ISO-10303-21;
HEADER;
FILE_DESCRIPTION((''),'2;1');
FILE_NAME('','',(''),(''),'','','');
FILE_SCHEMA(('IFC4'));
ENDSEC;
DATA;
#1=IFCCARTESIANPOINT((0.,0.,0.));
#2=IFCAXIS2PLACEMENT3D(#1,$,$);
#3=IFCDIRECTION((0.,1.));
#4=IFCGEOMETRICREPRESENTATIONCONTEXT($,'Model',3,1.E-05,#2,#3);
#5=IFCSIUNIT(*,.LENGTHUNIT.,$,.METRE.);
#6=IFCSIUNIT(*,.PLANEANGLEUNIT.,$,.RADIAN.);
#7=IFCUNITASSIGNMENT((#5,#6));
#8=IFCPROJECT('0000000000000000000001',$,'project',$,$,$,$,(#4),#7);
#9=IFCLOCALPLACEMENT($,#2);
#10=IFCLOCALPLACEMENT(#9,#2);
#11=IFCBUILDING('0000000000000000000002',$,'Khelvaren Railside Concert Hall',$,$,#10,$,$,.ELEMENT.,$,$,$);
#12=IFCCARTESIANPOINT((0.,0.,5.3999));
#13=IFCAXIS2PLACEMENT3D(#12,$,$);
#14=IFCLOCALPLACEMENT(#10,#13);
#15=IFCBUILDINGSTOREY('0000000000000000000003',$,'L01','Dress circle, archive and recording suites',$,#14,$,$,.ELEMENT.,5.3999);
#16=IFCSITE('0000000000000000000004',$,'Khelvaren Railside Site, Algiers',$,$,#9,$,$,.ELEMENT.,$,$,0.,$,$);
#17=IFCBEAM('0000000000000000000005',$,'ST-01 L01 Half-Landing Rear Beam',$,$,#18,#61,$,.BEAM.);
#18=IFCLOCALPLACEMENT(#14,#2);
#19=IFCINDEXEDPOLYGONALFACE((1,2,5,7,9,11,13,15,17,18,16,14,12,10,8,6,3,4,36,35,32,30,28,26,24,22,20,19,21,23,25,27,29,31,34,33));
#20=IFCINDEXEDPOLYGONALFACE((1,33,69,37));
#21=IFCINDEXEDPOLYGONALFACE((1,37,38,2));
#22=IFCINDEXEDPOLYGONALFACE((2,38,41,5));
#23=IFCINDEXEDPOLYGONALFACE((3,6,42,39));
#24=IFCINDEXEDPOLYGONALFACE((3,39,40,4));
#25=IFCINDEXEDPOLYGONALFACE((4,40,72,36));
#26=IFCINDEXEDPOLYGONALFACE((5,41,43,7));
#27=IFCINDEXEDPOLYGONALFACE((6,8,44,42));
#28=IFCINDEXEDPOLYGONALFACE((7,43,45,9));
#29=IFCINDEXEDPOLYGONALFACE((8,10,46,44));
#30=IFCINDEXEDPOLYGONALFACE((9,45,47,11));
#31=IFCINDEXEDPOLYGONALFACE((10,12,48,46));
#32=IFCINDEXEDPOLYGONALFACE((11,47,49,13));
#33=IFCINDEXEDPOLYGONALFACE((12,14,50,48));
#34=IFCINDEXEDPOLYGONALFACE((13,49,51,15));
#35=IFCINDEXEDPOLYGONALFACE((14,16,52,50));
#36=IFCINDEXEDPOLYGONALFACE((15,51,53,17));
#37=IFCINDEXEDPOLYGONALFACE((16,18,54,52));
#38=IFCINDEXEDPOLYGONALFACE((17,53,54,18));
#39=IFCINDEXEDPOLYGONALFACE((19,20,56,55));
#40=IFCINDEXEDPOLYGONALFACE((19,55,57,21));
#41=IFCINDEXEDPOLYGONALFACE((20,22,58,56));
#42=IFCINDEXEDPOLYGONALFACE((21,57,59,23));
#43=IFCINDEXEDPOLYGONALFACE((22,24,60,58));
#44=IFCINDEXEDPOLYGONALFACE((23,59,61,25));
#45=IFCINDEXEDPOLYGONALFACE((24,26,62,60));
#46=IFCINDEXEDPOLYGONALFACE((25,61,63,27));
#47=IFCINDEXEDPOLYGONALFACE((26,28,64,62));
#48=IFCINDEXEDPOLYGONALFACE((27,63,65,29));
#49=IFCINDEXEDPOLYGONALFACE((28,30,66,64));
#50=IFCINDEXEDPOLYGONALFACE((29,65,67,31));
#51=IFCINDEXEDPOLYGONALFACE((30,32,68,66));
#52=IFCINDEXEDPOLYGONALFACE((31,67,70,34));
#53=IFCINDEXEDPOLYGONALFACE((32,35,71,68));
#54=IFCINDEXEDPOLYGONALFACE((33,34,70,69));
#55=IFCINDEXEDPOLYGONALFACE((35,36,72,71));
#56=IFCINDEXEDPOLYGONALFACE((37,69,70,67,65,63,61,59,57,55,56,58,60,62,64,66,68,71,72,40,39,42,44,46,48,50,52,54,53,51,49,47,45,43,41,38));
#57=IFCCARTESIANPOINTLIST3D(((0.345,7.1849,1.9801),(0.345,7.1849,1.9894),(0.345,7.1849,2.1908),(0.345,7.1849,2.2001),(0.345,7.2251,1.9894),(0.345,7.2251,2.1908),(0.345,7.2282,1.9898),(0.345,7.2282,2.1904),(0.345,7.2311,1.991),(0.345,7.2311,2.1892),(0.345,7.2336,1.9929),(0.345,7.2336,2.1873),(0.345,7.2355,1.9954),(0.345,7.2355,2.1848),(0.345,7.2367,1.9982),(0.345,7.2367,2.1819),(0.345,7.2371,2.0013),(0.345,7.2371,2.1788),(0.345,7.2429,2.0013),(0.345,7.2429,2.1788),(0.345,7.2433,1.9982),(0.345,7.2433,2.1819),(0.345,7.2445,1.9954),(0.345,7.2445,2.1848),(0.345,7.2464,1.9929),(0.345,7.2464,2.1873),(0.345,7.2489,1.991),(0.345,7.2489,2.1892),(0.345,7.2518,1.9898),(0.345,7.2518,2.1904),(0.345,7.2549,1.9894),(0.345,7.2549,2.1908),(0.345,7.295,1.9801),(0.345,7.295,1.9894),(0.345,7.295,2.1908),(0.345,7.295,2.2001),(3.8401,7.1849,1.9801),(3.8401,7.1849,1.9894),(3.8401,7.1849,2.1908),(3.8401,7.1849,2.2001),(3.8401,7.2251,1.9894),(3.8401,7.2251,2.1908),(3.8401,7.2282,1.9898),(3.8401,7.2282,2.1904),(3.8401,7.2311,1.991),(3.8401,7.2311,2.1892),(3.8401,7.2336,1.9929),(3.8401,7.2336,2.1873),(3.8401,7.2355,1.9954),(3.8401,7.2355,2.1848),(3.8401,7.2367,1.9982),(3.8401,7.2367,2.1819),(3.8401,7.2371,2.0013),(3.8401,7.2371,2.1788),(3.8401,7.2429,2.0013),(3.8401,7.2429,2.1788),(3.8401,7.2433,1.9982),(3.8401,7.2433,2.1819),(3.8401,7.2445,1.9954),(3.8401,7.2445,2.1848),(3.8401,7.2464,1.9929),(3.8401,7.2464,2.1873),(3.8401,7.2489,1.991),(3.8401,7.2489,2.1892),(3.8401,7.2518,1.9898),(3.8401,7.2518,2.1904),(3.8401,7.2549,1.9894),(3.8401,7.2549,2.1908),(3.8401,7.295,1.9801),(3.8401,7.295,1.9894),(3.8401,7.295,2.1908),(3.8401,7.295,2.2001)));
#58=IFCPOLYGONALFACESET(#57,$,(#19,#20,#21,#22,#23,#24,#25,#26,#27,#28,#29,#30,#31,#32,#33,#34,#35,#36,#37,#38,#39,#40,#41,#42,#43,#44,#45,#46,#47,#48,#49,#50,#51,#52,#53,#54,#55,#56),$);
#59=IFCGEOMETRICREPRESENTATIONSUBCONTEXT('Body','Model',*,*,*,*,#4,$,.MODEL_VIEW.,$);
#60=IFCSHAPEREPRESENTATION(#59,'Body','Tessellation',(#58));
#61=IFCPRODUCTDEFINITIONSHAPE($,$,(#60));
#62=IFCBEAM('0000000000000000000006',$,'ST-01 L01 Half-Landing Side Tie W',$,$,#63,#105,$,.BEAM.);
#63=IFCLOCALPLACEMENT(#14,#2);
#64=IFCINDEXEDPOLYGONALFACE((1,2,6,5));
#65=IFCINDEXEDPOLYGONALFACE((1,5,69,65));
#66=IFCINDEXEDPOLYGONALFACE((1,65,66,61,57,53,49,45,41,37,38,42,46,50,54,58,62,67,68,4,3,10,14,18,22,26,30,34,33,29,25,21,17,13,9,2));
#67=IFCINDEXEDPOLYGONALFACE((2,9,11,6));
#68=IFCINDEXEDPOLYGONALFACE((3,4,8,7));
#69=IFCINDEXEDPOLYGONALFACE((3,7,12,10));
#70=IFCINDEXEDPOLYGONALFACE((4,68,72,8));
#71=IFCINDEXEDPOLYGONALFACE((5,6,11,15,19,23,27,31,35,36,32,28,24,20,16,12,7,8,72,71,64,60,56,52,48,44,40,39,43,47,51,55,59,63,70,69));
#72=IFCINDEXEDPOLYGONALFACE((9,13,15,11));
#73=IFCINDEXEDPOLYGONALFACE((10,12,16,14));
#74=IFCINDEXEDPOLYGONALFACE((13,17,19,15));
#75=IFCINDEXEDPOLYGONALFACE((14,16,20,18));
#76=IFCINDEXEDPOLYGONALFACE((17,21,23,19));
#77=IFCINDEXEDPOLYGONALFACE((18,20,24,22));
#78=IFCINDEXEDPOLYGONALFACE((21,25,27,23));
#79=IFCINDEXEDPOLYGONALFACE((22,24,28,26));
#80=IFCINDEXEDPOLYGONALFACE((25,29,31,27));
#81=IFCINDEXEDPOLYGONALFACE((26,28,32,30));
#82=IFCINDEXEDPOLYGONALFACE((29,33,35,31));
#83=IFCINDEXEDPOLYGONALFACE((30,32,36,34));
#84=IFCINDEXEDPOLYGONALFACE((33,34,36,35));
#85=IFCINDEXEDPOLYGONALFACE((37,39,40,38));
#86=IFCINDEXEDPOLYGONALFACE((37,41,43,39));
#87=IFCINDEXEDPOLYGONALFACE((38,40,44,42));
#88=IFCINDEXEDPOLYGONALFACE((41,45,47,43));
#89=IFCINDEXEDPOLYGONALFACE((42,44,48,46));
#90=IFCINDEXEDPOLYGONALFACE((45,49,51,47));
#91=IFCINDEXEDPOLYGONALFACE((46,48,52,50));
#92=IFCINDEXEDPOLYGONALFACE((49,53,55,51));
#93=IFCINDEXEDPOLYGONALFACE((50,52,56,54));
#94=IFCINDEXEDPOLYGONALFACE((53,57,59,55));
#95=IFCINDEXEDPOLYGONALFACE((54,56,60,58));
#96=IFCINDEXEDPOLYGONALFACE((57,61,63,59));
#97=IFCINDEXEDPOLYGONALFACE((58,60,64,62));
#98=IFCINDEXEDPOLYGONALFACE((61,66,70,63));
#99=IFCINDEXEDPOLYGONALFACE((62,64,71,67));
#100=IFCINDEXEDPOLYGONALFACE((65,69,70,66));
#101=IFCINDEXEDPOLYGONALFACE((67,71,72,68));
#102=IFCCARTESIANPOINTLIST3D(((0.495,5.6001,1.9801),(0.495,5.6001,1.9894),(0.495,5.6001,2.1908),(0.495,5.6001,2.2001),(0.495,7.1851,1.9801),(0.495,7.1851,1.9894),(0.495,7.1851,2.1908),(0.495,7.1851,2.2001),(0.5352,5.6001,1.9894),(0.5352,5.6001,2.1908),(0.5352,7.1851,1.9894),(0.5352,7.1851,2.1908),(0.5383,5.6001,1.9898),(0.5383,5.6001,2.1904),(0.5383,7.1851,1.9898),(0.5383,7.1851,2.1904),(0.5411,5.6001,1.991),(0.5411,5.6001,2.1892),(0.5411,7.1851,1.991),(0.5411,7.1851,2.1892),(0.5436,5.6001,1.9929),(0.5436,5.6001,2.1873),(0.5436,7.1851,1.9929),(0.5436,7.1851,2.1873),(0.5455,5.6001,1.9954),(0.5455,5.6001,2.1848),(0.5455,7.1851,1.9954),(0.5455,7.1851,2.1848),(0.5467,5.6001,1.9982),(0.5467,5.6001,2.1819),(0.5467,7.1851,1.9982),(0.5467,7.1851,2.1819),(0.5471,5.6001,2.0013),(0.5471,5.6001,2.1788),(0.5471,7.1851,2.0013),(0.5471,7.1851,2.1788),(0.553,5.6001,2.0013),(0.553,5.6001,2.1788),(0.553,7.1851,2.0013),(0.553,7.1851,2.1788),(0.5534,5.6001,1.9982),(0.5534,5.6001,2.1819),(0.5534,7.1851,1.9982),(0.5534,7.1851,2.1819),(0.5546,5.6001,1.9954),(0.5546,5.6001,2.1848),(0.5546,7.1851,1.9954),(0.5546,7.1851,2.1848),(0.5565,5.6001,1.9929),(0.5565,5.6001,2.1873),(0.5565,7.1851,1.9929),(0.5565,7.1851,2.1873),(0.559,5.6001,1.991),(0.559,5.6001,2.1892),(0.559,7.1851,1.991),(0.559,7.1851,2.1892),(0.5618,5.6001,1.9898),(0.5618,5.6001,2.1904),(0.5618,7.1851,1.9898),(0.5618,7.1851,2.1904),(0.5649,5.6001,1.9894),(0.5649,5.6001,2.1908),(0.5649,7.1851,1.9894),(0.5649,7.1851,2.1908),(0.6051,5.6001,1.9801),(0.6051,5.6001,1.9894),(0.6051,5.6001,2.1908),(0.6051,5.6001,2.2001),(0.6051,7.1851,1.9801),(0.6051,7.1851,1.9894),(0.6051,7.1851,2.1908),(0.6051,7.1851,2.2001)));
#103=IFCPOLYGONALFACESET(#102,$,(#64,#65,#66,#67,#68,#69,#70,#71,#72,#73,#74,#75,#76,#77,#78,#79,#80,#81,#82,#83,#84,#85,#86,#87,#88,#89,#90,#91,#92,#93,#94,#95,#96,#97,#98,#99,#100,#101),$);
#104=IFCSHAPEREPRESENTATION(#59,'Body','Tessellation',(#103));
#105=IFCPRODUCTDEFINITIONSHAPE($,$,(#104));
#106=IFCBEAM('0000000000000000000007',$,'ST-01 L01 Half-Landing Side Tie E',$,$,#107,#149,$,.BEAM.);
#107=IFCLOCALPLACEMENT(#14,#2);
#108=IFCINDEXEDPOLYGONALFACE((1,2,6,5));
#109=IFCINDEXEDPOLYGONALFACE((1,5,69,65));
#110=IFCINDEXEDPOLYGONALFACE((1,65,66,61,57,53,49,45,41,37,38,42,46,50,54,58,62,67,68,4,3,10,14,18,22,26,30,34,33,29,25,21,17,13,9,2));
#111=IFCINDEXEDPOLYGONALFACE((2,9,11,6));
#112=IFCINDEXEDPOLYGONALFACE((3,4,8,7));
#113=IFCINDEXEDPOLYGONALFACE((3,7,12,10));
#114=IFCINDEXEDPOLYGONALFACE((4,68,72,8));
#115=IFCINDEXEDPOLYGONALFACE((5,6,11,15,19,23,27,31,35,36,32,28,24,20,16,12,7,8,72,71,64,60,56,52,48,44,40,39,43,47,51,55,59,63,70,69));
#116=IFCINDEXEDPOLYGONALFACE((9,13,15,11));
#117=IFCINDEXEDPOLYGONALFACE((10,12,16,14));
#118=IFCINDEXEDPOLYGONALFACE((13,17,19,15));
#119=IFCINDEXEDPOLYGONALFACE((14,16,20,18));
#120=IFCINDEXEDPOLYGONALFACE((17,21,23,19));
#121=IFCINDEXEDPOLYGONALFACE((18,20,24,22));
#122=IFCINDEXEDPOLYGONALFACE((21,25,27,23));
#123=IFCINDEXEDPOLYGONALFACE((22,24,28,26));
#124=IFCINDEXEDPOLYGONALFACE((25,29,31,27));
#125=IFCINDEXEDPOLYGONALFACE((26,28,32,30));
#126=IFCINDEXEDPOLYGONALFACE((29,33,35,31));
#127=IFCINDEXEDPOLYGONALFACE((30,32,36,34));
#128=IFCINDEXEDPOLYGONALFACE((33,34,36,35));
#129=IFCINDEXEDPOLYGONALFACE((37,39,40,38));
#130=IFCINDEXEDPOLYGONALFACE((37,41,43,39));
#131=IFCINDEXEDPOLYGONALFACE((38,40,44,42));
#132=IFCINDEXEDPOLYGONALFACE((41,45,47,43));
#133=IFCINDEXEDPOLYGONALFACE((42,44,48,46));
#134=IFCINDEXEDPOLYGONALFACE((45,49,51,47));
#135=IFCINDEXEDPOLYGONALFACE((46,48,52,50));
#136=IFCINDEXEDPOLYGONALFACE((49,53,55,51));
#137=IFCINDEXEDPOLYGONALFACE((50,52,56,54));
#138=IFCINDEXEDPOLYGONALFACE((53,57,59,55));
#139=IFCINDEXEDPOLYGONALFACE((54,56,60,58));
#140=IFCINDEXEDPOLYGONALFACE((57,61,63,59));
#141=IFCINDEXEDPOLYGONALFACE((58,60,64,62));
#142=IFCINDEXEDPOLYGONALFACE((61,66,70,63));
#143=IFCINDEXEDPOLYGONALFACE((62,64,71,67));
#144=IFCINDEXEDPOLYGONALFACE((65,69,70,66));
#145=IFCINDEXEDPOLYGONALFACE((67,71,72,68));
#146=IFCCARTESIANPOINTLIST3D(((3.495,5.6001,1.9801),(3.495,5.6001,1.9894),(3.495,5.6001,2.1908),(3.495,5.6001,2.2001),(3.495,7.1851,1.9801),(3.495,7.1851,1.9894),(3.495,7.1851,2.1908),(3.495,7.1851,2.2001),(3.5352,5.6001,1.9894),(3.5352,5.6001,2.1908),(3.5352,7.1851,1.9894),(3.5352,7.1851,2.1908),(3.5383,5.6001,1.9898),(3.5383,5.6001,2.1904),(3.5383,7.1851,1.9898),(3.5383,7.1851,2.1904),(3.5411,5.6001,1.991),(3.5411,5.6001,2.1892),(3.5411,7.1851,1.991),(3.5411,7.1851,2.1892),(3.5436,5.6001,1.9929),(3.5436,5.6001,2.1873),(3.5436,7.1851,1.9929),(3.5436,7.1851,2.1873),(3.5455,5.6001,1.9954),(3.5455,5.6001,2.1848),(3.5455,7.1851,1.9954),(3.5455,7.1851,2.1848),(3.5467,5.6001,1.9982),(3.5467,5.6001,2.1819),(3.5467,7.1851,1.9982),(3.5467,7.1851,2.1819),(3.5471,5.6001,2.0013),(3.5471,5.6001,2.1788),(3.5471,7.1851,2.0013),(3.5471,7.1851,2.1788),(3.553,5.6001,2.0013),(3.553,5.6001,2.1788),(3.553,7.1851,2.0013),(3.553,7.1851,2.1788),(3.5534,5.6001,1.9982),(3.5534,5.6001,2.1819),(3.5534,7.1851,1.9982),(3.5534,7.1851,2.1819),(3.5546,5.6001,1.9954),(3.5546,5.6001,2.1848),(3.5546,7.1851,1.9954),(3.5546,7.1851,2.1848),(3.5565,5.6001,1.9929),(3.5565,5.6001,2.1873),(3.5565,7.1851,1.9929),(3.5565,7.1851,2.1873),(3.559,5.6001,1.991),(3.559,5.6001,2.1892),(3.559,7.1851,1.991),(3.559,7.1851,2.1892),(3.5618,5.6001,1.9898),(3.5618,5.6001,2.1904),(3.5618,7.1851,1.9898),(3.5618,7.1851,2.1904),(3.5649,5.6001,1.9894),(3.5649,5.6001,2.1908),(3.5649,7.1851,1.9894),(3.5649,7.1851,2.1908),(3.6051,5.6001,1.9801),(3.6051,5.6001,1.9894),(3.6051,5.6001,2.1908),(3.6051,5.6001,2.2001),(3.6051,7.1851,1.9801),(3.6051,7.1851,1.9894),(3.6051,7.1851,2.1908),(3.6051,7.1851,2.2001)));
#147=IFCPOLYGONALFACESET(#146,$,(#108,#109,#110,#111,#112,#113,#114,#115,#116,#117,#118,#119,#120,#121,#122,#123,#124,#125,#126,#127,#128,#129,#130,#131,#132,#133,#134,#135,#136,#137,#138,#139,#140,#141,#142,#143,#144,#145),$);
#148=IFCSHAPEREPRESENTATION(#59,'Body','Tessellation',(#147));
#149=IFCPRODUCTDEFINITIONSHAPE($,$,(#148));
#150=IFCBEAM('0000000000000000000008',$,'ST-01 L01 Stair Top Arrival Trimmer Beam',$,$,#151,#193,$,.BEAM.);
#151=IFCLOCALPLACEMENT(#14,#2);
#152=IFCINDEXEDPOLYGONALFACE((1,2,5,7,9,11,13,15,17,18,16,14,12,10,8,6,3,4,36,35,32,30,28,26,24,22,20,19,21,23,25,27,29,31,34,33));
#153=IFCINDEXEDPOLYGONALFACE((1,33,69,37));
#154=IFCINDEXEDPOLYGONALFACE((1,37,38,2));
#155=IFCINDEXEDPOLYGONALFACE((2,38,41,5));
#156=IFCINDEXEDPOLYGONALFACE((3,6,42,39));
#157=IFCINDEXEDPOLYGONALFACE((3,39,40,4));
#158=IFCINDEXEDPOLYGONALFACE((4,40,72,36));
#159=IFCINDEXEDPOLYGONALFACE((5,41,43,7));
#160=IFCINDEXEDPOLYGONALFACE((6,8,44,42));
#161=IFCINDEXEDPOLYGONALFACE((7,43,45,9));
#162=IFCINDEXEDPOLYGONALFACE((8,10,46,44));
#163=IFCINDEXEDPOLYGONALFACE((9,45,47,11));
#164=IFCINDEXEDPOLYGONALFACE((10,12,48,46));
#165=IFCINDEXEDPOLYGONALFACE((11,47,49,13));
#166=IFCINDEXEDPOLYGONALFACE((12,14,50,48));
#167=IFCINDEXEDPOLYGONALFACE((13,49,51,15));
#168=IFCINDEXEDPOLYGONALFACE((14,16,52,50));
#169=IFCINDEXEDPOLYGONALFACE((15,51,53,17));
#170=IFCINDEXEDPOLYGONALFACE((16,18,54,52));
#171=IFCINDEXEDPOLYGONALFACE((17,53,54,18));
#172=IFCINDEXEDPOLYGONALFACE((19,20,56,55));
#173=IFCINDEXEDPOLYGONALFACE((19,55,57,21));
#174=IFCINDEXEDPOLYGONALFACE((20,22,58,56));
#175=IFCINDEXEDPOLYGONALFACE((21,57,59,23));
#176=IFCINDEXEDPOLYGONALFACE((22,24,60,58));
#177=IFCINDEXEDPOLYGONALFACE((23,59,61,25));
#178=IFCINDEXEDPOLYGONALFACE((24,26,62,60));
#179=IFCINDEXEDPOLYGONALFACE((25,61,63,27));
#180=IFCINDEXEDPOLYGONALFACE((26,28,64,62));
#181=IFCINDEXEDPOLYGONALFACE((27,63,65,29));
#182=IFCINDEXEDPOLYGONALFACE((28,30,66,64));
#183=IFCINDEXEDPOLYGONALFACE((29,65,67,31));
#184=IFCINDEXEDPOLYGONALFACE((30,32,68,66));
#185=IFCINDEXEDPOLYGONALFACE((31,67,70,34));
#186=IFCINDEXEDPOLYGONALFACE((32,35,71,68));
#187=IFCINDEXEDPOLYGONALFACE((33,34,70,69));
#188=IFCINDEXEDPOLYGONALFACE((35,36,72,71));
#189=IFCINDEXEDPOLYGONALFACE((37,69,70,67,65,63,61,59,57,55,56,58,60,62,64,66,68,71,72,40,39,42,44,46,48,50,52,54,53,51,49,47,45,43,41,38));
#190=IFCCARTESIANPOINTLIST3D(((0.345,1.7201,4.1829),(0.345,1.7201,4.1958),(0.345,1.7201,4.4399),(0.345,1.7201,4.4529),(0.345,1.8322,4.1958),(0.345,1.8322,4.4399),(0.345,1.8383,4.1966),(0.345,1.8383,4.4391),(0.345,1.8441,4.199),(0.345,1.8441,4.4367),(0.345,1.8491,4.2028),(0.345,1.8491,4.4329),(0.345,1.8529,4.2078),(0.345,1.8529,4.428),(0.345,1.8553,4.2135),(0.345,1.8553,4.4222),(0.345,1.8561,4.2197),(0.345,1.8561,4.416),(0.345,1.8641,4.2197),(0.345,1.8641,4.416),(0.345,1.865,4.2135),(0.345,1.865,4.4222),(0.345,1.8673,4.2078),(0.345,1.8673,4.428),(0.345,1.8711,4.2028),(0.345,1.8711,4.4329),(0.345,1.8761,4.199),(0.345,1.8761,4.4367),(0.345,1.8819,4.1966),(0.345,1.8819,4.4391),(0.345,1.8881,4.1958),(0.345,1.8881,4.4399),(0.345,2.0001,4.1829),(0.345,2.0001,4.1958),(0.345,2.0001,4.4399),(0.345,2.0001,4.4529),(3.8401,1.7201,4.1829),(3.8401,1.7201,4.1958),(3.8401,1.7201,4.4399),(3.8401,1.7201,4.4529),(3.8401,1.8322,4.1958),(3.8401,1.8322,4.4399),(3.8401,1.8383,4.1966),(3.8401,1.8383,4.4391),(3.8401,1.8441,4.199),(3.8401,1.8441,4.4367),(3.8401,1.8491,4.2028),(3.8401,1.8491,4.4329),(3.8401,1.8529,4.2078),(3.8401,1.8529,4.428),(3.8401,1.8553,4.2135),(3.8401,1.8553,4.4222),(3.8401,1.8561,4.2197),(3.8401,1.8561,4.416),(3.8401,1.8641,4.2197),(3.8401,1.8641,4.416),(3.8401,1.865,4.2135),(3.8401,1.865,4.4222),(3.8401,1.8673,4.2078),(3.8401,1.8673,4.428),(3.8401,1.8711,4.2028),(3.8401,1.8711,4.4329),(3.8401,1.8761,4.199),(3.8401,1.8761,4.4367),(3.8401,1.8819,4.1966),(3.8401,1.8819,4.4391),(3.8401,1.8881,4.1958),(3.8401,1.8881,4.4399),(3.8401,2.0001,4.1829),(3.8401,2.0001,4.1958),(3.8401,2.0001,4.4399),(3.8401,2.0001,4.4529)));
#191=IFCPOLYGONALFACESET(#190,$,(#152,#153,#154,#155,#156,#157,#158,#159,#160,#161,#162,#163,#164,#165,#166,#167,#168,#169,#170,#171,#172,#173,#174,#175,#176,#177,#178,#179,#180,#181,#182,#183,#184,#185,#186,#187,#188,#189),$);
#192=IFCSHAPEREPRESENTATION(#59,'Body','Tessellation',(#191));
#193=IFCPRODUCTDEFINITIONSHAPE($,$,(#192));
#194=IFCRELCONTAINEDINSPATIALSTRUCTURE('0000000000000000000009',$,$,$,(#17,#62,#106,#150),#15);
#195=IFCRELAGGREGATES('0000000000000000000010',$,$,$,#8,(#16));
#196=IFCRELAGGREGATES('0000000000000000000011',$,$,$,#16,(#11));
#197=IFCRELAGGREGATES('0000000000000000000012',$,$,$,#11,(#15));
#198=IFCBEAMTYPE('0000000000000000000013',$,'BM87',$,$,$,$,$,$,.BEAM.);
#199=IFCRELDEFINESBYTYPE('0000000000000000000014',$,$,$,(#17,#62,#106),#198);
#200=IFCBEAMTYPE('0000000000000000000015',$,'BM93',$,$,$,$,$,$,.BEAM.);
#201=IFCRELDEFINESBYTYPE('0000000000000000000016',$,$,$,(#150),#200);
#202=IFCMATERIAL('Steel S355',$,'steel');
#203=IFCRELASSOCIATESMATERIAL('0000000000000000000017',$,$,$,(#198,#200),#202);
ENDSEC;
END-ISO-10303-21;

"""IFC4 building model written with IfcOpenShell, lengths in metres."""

from ifc_helpers import new_model, si_unit, direction, frame, origin, origin_2d, place, context, subcontext, project, spatial, i_section, extrude, material, material_profile, profile_set, type_object, element, save


model = new_model("IFC4")

# Units and contexts
model_context = context("Model", 3, precision=1e-05, world=origin(), true_north=direction((0.0, 1.0)))
body_context = subcontext(model_context, "Body", "Model", "MODEL_VIEW")
ifc_project = project(units=[si_unit("LENGTHUNIT", "METRE"), si_unit("PLANEANGLEUNIT", "RADIAN")], contexts=[model_context])

# Site, building, storey
site_placement = place(None, origin())
site = spatial("IfcSite", under=ifc_project, at=site_placement, Name="Khelvaren Railside Site, Algiers", CompositionType="ELEMENT", RefElevation=0.0)
building_placement = place(site_placement, origin())
building = spatial("IfcBuilding", under=site, at=building_placement, Name="Khelvaren Railside Concert Hall", CompositionType="ELEMENT")
storey_placement = place(building_placement, frame((0.0, 0.0, 5.3999)))
storey = spatial("IfcBuildingStorey", under=building, at=storey_placement, Name="L01", Description="Dress circle, archive and recording suites", CompositionType="ELEMENT", Elevation=5.3999)

# Beams
ifc_material_1 = material(Name="Steel S355", Category="steel")
ifc_material_profile_1 = material_profile(ifc_material_1, i_section(OverallWidth=0.1101, OverallDepth=0.22, WebThickness=0.0059, FlangeThickness=0.0093, FilletRadius=0.012, at=origin_2d()), Name="IPE 220")
ifc_profile_set_1 = profile_set([ifc_material_profile_1], Name="Steel S355")
beam_type_1 = type_object("IfcBeamType", Name="BM87", PredefinedType="BEAM", material=ifc_profile_set_1)
for number, where, z_axis, x_axis, name in (
    (1, (0.345, 7.24, 2.0901), (1.0, 0.0, 0.0), (0.0, 1.0, 0.0), "ST-01 L01 Half-Landing Rear Beam"),
):
    element("IfcBeam", number, at=place(storey_placement, frame(where, z_axis=z_axis, x_axis=x_axis)), inside=storey, type_object=beam_type_1, Name=name, PredefinedType="BEAM", context=body_context, shape_type="SweptSolid", body=[
        extrude(i_section(OverallWidth=0.1101, OverallDepth=0.22, WebThickness=0.0059, FlangeThickness=0.0093, FilletRadius=0.012, at=origin_2d()), origin(), (0.0, 0.0, 1.0), 3.4951),
    ])
for number, where, z_axis, x_axis, name in (
    (2, (0.55, 5.6001, 2.0901), (0.0, 1.0, 0.0), (-1.0, 0.0, 0.0), "ST-01 L01 Half-Landing Side Tie W"),
    (3, (3.55, 5.6001, 2.0901), (0.0, 1.0, 0.0), (-1.0, 0.0, 0.0), "ST-01 L01 Half-Landing Side Tie E"),
):
    element("IfcBeam", number, at=place(storey_placement, frame(where, z_axis=z_axis, x_axis=x_axis)), inside=storey, type_object=beam_type_1, Name=name, PredefinedType="BEAM", context=body_context, shape_type="SweptSolid", body=[
        extrude(i_section(OverallWidth=0.1101, OverallDepth=0.22, WebThickness=0.0059, FlangeThickness=0.0093, FilletRadius=0.012, at=origin_2d()), origin(), (0.0, 0.0, 1.0), 1.585),
    ])
ifc_material_profile_2 = material_profile(ifc_material_1, i_section(OverallWidth=0.28, OverallDepth=0.27, WebThickness=0.0081, FlangeThickness=0.0129, FilletRadius=0.0239, at=origin_2d()), Name="HEA 280")
ifc_profile_set_2 = profile_set([ifc_material_profile_2], Name="Steel S355")
beam_type_2 = type_object("IfcBeamType", Name="BM93", PredefinedType="BEAM", material=ifc_profile_set_2)
beam_1_placement = place(storey_placement, frame((0.345, 1.8601, 4.3179), z_axis=(1.0, 0.0, 0.0), x_axis=(0.0, 1.0, 0.0)))
element("IfcBeam", 4, at=beam_1_placement, inside=storey, type_object=beam_type_2, Name="ST-01 L01 Stair Top Arrival Trimmer Beam", PredefinedType="BEAM", context=body_context, shape_type="SweptSolid", body=[
    extrude(i_section(OverallWidth=0.28, OverallDepth=0.27, WebThickness=0.0081, FlangeThickness=0.0129, FilletRadius=0.0239, at=origin_2d()), origin(), (0.0, 0.0, 1.0), 3.4951),
])

save(model, "model.ifc")
